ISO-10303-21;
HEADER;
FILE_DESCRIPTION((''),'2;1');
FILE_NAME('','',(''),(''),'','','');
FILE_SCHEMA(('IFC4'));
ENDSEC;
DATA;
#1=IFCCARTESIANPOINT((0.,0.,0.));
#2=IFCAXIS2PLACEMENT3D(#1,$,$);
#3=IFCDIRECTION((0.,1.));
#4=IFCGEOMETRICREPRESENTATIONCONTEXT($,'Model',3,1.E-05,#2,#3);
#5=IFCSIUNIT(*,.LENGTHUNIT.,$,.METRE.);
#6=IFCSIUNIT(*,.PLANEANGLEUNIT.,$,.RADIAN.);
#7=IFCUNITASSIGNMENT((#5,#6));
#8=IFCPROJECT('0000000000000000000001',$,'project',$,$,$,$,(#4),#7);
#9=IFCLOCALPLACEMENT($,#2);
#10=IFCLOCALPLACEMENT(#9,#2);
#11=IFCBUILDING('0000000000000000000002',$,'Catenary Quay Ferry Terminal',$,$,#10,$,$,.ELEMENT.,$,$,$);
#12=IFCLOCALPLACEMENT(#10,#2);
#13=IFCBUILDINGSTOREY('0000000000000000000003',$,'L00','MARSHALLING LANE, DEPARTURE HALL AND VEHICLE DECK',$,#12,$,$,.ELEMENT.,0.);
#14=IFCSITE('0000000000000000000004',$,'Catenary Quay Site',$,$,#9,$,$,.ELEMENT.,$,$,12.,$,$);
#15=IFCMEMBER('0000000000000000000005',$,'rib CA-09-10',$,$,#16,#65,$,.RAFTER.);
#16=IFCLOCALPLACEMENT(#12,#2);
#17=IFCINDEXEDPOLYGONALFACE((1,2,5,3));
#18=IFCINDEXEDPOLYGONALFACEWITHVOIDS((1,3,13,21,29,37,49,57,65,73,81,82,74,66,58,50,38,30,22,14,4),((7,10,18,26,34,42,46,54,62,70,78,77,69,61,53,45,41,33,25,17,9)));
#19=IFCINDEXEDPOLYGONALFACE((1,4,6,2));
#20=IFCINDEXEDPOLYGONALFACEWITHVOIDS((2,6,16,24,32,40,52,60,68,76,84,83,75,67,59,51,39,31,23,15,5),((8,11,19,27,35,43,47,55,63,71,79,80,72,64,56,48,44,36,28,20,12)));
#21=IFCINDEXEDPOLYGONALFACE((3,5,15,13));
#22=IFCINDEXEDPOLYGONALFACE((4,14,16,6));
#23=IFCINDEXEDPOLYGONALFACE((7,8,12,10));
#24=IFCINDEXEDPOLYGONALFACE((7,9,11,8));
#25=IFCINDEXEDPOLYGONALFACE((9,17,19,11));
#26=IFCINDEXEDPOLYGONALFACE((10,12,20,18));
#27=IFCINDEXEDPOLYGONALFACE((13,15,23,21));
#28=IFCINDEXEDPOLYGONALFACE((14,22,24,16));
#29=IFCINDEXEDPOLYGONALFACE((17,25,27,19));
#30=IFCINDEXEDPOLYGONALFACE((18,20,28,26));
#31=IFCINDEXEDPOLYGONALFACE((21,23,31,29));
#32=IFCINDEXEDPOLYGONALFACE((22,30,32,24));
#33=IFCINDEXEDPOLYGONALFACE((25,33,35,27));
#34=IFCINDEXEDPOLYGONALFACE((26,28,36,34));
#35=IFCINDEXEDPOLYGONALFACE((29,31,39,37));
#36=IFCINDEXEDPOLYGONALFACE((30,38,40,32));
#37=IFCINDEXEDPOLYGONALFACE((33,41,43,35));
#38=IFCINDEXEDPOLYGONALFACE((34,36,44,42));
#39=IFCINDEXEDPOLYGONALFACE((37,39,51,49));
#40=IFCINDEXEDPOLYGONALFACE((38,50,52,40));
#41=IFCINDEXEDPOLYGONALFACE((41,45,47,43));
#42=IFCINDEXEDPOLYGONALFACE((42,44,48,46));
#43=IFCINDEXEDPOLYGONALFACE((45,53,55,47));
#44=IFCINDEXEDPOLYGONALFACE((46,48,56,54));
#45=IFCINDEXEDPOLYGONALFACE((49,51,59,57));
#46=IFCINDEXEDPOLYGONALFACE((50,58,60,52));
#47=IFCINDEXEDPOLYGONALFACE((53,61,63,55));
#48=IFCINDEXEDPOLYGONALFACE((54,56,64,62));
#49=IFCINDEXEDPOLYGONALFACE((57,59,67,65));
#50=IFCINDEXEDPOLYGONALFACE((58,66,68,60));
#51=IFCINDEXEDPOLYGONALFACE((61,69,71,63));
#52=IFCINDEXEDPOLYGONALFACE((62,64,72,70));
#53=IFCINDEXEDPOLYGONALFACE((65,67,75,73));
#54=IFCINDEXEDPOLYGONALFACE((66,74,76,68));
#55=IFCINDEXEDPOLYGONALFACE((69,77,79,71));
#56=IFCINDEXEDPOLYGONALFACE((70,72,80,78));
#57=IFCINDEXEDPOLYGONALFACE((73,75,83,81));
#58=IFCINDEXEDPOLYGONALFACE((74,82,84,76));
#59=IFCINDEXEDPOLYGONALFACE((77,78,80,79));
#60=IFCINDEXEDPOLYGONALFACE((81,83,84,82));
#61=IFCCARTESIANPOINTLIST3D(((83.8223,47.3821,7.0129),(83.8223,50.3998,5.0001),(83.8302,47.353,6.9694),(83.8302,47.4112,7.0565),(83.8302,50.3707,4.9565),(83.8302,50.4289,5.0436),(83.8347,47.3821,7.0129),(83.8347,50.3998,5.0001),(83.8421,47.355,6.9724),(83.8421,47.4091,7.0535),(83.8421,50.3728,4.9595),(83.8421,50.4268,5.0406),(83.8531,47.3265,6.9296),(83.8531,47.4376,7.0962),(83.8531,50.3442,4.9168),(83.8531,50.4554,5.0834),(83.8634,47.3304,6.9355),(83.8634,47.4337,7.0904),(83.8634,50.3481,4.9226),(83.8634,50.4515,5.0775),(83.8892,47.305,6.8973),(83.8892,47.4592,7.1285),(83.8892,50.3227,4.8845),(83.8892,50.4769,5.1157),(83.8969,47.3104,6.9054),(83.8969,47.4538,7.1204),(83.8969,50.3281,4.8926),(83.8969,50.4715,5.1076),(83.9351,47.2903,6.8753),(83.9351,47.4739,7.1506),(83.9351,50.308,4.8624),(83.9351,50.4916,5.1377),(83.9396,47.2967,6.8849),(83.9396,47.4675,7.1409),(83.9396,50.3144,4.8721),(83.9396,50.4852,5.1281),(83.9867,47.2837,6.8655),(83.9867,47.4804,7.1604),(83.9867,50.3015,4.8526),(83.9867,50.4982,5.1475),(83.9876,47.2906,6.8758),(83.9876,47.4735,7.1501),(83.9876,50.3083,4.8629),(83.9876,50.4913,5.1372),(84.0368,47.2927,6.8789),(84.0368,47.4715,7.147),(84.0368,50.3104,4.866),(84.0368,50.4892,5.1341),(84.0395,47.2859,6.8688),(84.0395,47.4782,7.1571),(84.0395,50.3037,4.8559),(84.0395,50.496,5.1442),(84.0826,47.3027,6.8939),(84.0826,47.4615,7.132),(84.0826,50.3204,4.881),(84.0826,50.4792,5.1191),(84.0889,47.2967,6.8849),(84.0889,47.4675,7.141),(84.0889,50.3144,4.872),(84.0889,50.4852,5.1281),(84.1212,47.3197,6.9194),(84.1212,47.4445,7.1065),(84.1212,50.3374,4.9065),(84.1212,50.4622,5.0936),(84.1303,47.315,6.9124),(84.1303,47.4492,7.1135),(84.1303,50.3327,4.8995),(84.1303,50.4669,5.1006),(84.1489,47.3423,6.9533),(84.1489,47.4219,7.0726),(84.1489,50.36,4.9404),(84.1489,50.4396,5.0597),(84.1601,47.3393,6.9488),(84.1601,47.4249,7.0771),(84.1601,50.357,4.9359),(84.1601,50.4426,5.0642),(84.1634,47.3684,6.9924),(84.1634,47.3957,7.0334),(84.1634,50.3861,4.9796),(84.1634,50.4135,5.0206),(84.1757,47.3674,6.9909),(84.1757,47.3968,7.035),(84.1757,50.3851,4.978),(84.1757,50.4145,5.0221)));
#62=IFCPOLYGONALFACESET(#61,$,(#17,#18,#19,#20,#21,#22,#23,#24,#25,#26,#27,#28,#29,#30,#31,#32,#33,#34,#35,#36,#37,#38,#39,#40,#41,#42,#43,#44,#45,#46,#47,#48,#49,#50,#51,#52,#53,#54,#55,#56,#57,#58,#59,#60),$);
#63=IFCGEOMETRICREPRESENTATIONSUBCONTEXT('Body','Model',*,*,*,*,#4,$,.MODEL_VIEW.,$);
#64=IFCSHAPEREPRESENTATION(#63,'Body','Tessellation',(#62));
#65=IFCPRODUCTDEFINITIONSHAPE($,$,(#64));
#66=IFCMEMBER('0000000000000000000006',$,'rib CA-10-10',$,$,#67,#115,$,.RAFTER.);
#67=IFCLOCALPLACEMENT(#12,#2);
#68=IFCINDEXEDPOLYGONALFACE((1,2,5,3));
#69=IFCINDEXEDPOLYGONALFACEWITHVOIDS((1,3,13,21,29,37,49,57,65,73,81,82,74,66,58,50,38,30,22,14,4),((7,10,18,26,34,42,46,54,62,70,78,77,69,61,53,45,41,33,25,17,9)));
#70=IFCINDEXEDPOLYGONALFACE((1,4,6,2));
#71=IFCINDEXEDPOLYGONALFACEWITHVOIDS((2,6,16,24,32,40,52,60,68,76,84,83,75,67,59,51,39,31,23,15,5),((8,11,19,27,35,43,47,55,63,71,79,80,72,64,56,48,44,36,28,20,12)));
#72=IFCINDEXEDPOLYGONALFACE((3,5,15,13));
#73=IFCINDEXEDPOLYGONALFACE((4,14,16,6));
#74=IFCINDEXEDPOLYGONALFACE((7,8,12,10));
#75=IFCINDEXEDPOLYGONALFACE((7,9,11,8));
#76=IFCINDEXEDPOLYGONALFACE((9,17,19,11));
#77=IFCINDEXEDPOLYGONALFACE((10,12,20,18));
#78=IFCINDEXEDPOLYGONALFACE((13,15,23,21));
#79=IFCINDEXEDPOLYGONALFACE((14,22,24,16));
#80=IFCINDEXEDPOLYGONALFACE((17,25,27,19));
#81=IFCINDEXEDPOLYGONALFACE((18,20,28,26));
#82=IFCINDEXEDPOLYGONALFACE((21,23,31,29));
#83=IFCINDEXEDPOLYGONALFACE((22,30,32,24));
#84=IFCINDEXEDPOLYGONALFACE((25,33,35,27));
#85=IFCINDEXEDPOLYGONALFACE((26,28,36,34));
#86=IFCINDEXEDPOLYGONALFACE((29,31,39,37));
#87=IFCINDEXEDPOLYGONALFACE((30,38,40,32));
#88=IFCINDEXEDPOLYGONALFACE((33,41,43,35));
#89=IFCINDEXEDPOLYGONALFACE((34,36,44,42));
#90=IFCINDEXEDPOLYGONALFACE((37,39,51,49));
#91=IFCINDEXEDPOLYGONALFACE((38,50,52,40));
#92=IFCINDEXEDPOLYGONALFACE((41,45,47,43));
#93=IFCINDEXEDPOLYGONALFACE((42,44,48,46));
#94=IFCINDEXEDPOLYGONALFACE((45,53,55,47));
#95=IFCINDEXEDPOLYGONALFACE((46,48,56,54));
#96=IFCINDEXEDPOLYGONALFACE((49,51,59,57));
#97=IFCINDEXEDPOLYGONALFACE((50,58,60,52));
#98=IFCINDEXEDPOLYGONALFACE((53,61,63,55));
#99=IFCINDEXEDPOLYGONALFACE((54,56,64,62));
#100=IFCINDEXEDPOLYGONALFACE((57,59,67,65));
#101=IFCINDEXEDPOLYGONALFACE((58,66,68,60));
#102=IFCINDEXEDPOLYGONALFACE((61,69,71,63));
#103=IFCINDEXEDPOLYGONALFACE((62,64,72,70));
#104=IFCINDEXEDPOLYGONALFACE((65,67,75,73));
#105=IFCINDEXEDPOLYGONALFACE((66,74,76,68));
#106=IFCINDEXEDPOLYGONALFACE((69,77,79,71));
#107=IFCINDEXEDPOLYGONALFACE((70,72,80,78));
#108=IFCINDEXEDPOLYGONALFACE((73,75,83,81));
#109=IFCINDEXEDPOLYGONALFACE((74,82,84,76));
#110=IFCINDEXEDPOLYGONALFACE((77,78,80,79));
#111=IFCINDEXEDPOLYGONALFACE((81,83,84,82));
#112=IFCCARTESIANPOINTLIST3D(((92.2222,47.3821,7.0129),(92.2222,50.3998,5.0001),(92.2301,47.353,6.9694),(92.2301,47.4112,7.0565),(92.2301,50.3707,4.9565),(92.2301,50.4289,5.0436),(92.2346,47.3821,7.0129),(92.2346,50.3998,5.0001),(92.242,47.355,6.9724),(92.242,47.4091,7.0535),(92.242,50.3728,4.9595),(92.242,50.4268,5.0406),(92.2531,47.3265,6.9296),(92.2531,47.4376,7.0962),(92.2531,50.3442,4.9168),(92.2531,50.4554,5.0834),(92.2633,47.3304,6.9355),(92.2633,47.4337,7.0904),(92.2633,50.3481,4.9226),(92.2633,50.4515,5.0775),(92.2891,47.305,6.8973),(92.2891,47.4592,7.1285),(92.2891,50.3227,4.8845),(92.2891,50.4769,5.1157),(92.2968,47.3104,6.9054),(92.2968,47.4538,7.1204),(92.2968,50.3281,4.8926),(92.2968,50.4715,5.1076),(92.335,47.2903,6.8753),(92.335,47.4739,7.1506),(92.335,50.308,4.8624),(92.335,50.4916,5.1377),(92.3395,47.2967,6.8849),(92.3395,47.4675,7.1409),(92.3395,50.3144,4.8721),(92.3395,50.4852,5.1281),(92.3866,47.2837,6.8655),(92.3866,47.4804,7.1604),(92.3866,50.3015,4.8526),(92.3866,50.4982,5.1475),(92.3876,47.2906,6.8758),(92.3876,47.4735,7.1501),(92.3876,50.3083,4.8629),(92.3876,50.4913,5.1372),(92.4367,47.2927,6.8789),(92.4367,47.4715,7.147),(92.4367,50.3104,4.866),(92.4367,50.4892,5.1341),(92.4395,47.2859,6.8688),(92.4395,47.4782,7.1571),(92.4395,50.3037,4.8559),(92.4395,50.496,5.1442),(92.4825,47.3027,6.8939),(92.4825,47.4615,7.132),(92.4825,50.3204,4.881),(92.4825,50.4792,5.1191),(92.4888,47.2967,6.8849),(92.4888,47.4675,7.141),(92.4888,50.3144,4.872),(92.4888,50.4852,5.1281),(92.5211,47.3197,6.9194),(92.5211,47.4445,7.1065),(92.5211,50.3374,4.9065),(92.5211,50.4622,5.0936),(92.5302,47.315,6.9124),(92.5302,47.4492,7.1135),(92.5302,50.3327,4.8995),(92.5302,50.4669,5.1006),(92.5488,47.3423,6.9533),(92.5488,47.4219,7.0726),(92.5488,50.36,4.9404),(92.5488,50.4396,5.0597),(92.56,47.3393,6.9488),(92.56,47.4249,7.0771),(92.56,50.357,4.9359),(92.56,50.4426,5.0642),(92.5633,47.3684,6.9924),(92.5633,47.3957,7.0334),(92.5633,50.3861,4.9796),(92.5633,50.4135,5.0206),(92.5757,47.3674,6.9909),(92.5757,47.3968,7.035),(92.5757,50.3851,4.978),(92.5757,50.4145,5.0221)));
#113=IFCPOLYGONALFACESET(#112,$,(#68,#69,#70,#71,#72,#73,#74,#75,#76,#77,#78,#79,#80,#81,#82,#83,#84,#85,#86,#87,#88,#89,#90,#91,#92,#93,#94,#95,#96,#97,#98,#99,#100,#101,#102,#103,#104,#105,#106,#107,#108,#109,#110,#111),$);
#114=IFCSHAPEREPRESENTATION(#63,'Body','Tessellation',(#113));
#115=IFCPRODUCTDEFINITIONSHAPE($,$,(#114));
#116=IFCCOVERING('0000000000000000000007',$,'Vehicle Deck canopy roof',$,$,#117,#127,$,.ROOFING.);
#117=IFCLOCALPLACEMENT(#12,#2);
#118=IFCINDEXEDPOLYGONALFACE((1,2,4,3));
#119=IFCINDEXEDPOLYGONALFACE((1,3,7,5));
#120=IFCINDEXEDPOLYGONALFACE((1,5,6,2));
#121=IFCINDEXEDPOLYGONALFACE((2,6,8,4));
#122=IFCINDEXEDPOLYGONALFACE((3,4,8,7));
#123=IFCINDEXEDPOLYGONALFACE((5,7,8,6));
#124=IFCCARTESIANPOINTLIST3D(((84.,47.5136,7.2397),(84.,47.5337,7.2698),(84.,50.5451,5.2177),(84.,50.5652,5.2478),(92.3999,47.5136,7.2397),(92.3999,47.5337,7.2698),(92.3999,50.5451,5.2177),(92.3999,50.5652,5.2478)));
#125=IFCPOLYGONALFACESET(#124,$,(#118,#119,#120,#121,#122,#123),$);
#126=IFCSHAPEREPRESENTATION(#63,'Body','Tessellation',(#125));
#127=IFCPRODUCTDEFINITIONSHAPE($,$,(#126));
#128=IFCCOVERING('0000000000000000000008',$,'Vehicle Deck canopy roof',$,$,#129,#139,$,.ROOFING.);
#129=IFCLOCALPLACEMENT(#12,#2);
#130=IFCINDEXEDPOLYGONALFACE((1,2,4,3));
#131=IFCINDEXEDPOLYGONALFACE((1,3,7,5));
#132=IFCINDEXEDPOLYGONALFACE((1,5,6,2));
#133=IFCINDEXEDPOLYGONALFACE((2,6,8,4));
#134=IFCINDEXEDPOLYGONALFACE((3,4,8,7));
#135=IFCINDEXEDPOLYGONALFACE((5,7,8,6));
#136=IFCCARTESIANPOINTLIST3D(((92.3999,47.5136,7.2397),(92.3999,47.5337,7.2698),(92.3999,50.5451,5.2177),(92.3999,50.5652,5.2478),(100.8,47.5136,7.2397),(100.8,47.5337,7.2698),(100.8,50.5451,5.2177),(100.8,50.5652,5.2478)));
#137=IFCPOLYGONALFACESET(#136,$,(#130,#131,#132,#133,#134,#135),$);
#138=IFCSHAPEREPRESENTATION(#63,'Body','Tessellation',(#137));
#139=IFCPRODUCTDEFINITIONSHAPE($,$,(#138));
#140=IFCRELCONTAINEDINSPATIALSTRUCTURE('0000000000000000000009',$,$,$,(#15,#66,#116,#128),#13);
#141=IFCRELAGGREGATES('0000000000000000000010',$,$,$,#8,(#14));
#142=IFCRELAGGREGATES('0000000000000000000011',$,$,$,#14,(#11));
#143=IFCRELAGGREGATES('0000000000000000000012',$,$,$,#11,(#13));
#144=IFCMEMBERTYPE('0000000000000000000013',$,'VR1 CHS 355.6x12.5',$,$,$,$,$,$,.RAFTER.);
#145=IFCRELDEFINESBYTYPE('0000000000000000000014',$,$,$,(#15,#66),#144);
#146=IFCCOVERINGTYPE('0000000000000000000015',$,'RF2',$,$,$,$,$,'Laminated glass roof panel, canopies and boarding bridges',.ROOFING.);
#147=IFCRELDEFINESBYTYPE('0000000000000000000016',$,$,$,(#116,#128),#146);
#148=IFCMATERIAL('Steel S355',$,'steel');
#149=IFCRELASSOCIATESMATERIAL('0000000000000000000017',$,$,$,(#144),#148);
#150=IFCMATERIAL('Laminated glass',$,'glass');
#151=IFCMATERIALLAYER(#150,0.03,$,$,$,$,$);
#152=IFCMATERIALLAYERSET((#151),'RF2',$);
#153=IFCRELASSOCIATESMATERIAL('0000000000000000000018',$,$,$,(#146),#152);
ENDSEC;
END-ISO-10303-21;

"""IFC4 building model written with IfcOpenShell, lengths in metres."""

from ifc_helpers import new_model, si_unit, direction, frame, origin, origin_2d, place, context, subcontext, project, spatial, polyline, hollow_circle, outline, extrude, material, layer, layer_set, material_profile, profile_set, type_object, element, save


model = new_model("IFC4")

# Units and contexts
model_context = context("Model", 3, precision=1e-05, world=origin(), true_north=direction((0.0, 1.0)))
body_context = subcontext(model_context, "Body", "Model", "MODEL_VIEW")
ifc_project = project(units=[si_unit("LENGTHUNIT", "METRE"), si_unit("PLANEANGLEUNIT", "RADIAN")], contexts=[model_context])

# Site, building, storey
site_placement = place(None, origin())
site = spatial("IfcSite", under=ifc_project, at=site_placement, Name="Catenary Quay Site", CompositionType="ELEMENT", RefElevation=12.0)
building_placement = place(site_placement, origin())
building = spatial("IfcBuilding", under=site, at=building_placement, Name="Catenary Quay Ferry Terminal", CompositionType="ELEMENT")
storey_placement = place(building_placement, origin())
storey = spatial("IfcBuildingStorey", under=building, at=storey_placement, Name="L00", Description="MARSHALLING LANE, DEPARTURE HALL AND VEHICLE DECK", CompositionType="ELEMENT", Elevation=0.0)

# Members
ifc_material_1 = material(Name="Steel S355", Category="steel")
ifc_material_profile_1 = material_profile(ifc_material_1, hollow_circle(Radius=0.1777, WallThickness=0.0125, at=origin_2d()), Name="CHS 355.6x12.5")
ifc_profile_set_1 = profile_set([ifc_material_profile_1], Name="Steel S355")
member_type_1 = type_object("IfcMemberType", Name="VR1 CHS 355.6x12.5", PredefinedType="RAFTER", material=ifc_profile_set_1)
for number, where, z_axis, x_axis, name in (
    (1, (84.0, 47.3821, 7.0129), (0.0, 0.831916, -0.554902), (-1.0, 0.0, 0.0), "rib CA-09-10"),
    (2, (92.3999, 47.3821, 7.0129), (0.0, 0.831916, -0.554902), (-1.0, 0.0, 0.0), "rib CA-10-10"),
):
    element("IfcMember", number, at=place(storey_placement, frame(where, z_axis=z_axis, x_axis=x_axis)), inside=storey, type_object=member_type_1, Name=name, PredefinedType="RAFTER", context=body_context, shape_type="SweptSolid", body=[
        extrude(hollow_circle(Radius=0.1777, WallThickness=0.0125, at=origin_2d()), origin(), (0.0, 0.0, 1.0), 3.6274),
    ])

# Coverings
ifc_material_2 = material(Name="Laminated glass", Category="glass")
ifc_layer = layer(ifc_material_2, 0.03)
ifc_layer_set = layer_set([ifc_layer], Name="RF2")
covering_type = type_object("IfcCoveringType", Name="RF2", ElementType="Laminated glass roof panel, canopies and boarding bridges", PredefinedType="ROOFING", material=ifc_layer_set)
covering_1_placement = place(storey_placement, frame((84.0, 47.5337, 7.2698), z_axis=(0.0, 0.554886, 0.831927), x_axis=(1.0, 0.0, 0.0)))
element("IfcCovering", 3, at=covering_1_placement, inside=storey, type_object=covering_type, Name="Vehicle Deck canopy roof", PredefinedType="ROOFING", context=body_context, shape_type="SweptSolid", body=[
    extrude(outline(polyline([(0.0, 0.0), (8.3999, 0.0), (8.3999, 3.6439), (0.0, 3.6439), (0.0, 0.0)])), origin(), (0.0, 0.0, -1.0), 0.0361),
])
covering_2_placement = place(storey_placement, frame((92.3999, 47.5337, 7.2698), z_axis=(0.0, 0.554886, 0.831927), x_axis=(1.0, 0.0, 0.0)))
element("IfcCovering", 4, at=covering_2_placement, inside=storey, type_object=covering_type, Name="Vehicle Deck canopy roof", PredefinedType="ROOFING", context=body_context, shape_type="SweptSolid", body=[
    extrude(outline(polyline([(0.0, 0.0), (8.4001, 0.0), (8.4001, 3.6439), (0.0, 3.6439), (0.0, 0.0)])), origin(), (0.0, 0.0, -1.0), 0.0361),
])

save(model, "model.ifc")
